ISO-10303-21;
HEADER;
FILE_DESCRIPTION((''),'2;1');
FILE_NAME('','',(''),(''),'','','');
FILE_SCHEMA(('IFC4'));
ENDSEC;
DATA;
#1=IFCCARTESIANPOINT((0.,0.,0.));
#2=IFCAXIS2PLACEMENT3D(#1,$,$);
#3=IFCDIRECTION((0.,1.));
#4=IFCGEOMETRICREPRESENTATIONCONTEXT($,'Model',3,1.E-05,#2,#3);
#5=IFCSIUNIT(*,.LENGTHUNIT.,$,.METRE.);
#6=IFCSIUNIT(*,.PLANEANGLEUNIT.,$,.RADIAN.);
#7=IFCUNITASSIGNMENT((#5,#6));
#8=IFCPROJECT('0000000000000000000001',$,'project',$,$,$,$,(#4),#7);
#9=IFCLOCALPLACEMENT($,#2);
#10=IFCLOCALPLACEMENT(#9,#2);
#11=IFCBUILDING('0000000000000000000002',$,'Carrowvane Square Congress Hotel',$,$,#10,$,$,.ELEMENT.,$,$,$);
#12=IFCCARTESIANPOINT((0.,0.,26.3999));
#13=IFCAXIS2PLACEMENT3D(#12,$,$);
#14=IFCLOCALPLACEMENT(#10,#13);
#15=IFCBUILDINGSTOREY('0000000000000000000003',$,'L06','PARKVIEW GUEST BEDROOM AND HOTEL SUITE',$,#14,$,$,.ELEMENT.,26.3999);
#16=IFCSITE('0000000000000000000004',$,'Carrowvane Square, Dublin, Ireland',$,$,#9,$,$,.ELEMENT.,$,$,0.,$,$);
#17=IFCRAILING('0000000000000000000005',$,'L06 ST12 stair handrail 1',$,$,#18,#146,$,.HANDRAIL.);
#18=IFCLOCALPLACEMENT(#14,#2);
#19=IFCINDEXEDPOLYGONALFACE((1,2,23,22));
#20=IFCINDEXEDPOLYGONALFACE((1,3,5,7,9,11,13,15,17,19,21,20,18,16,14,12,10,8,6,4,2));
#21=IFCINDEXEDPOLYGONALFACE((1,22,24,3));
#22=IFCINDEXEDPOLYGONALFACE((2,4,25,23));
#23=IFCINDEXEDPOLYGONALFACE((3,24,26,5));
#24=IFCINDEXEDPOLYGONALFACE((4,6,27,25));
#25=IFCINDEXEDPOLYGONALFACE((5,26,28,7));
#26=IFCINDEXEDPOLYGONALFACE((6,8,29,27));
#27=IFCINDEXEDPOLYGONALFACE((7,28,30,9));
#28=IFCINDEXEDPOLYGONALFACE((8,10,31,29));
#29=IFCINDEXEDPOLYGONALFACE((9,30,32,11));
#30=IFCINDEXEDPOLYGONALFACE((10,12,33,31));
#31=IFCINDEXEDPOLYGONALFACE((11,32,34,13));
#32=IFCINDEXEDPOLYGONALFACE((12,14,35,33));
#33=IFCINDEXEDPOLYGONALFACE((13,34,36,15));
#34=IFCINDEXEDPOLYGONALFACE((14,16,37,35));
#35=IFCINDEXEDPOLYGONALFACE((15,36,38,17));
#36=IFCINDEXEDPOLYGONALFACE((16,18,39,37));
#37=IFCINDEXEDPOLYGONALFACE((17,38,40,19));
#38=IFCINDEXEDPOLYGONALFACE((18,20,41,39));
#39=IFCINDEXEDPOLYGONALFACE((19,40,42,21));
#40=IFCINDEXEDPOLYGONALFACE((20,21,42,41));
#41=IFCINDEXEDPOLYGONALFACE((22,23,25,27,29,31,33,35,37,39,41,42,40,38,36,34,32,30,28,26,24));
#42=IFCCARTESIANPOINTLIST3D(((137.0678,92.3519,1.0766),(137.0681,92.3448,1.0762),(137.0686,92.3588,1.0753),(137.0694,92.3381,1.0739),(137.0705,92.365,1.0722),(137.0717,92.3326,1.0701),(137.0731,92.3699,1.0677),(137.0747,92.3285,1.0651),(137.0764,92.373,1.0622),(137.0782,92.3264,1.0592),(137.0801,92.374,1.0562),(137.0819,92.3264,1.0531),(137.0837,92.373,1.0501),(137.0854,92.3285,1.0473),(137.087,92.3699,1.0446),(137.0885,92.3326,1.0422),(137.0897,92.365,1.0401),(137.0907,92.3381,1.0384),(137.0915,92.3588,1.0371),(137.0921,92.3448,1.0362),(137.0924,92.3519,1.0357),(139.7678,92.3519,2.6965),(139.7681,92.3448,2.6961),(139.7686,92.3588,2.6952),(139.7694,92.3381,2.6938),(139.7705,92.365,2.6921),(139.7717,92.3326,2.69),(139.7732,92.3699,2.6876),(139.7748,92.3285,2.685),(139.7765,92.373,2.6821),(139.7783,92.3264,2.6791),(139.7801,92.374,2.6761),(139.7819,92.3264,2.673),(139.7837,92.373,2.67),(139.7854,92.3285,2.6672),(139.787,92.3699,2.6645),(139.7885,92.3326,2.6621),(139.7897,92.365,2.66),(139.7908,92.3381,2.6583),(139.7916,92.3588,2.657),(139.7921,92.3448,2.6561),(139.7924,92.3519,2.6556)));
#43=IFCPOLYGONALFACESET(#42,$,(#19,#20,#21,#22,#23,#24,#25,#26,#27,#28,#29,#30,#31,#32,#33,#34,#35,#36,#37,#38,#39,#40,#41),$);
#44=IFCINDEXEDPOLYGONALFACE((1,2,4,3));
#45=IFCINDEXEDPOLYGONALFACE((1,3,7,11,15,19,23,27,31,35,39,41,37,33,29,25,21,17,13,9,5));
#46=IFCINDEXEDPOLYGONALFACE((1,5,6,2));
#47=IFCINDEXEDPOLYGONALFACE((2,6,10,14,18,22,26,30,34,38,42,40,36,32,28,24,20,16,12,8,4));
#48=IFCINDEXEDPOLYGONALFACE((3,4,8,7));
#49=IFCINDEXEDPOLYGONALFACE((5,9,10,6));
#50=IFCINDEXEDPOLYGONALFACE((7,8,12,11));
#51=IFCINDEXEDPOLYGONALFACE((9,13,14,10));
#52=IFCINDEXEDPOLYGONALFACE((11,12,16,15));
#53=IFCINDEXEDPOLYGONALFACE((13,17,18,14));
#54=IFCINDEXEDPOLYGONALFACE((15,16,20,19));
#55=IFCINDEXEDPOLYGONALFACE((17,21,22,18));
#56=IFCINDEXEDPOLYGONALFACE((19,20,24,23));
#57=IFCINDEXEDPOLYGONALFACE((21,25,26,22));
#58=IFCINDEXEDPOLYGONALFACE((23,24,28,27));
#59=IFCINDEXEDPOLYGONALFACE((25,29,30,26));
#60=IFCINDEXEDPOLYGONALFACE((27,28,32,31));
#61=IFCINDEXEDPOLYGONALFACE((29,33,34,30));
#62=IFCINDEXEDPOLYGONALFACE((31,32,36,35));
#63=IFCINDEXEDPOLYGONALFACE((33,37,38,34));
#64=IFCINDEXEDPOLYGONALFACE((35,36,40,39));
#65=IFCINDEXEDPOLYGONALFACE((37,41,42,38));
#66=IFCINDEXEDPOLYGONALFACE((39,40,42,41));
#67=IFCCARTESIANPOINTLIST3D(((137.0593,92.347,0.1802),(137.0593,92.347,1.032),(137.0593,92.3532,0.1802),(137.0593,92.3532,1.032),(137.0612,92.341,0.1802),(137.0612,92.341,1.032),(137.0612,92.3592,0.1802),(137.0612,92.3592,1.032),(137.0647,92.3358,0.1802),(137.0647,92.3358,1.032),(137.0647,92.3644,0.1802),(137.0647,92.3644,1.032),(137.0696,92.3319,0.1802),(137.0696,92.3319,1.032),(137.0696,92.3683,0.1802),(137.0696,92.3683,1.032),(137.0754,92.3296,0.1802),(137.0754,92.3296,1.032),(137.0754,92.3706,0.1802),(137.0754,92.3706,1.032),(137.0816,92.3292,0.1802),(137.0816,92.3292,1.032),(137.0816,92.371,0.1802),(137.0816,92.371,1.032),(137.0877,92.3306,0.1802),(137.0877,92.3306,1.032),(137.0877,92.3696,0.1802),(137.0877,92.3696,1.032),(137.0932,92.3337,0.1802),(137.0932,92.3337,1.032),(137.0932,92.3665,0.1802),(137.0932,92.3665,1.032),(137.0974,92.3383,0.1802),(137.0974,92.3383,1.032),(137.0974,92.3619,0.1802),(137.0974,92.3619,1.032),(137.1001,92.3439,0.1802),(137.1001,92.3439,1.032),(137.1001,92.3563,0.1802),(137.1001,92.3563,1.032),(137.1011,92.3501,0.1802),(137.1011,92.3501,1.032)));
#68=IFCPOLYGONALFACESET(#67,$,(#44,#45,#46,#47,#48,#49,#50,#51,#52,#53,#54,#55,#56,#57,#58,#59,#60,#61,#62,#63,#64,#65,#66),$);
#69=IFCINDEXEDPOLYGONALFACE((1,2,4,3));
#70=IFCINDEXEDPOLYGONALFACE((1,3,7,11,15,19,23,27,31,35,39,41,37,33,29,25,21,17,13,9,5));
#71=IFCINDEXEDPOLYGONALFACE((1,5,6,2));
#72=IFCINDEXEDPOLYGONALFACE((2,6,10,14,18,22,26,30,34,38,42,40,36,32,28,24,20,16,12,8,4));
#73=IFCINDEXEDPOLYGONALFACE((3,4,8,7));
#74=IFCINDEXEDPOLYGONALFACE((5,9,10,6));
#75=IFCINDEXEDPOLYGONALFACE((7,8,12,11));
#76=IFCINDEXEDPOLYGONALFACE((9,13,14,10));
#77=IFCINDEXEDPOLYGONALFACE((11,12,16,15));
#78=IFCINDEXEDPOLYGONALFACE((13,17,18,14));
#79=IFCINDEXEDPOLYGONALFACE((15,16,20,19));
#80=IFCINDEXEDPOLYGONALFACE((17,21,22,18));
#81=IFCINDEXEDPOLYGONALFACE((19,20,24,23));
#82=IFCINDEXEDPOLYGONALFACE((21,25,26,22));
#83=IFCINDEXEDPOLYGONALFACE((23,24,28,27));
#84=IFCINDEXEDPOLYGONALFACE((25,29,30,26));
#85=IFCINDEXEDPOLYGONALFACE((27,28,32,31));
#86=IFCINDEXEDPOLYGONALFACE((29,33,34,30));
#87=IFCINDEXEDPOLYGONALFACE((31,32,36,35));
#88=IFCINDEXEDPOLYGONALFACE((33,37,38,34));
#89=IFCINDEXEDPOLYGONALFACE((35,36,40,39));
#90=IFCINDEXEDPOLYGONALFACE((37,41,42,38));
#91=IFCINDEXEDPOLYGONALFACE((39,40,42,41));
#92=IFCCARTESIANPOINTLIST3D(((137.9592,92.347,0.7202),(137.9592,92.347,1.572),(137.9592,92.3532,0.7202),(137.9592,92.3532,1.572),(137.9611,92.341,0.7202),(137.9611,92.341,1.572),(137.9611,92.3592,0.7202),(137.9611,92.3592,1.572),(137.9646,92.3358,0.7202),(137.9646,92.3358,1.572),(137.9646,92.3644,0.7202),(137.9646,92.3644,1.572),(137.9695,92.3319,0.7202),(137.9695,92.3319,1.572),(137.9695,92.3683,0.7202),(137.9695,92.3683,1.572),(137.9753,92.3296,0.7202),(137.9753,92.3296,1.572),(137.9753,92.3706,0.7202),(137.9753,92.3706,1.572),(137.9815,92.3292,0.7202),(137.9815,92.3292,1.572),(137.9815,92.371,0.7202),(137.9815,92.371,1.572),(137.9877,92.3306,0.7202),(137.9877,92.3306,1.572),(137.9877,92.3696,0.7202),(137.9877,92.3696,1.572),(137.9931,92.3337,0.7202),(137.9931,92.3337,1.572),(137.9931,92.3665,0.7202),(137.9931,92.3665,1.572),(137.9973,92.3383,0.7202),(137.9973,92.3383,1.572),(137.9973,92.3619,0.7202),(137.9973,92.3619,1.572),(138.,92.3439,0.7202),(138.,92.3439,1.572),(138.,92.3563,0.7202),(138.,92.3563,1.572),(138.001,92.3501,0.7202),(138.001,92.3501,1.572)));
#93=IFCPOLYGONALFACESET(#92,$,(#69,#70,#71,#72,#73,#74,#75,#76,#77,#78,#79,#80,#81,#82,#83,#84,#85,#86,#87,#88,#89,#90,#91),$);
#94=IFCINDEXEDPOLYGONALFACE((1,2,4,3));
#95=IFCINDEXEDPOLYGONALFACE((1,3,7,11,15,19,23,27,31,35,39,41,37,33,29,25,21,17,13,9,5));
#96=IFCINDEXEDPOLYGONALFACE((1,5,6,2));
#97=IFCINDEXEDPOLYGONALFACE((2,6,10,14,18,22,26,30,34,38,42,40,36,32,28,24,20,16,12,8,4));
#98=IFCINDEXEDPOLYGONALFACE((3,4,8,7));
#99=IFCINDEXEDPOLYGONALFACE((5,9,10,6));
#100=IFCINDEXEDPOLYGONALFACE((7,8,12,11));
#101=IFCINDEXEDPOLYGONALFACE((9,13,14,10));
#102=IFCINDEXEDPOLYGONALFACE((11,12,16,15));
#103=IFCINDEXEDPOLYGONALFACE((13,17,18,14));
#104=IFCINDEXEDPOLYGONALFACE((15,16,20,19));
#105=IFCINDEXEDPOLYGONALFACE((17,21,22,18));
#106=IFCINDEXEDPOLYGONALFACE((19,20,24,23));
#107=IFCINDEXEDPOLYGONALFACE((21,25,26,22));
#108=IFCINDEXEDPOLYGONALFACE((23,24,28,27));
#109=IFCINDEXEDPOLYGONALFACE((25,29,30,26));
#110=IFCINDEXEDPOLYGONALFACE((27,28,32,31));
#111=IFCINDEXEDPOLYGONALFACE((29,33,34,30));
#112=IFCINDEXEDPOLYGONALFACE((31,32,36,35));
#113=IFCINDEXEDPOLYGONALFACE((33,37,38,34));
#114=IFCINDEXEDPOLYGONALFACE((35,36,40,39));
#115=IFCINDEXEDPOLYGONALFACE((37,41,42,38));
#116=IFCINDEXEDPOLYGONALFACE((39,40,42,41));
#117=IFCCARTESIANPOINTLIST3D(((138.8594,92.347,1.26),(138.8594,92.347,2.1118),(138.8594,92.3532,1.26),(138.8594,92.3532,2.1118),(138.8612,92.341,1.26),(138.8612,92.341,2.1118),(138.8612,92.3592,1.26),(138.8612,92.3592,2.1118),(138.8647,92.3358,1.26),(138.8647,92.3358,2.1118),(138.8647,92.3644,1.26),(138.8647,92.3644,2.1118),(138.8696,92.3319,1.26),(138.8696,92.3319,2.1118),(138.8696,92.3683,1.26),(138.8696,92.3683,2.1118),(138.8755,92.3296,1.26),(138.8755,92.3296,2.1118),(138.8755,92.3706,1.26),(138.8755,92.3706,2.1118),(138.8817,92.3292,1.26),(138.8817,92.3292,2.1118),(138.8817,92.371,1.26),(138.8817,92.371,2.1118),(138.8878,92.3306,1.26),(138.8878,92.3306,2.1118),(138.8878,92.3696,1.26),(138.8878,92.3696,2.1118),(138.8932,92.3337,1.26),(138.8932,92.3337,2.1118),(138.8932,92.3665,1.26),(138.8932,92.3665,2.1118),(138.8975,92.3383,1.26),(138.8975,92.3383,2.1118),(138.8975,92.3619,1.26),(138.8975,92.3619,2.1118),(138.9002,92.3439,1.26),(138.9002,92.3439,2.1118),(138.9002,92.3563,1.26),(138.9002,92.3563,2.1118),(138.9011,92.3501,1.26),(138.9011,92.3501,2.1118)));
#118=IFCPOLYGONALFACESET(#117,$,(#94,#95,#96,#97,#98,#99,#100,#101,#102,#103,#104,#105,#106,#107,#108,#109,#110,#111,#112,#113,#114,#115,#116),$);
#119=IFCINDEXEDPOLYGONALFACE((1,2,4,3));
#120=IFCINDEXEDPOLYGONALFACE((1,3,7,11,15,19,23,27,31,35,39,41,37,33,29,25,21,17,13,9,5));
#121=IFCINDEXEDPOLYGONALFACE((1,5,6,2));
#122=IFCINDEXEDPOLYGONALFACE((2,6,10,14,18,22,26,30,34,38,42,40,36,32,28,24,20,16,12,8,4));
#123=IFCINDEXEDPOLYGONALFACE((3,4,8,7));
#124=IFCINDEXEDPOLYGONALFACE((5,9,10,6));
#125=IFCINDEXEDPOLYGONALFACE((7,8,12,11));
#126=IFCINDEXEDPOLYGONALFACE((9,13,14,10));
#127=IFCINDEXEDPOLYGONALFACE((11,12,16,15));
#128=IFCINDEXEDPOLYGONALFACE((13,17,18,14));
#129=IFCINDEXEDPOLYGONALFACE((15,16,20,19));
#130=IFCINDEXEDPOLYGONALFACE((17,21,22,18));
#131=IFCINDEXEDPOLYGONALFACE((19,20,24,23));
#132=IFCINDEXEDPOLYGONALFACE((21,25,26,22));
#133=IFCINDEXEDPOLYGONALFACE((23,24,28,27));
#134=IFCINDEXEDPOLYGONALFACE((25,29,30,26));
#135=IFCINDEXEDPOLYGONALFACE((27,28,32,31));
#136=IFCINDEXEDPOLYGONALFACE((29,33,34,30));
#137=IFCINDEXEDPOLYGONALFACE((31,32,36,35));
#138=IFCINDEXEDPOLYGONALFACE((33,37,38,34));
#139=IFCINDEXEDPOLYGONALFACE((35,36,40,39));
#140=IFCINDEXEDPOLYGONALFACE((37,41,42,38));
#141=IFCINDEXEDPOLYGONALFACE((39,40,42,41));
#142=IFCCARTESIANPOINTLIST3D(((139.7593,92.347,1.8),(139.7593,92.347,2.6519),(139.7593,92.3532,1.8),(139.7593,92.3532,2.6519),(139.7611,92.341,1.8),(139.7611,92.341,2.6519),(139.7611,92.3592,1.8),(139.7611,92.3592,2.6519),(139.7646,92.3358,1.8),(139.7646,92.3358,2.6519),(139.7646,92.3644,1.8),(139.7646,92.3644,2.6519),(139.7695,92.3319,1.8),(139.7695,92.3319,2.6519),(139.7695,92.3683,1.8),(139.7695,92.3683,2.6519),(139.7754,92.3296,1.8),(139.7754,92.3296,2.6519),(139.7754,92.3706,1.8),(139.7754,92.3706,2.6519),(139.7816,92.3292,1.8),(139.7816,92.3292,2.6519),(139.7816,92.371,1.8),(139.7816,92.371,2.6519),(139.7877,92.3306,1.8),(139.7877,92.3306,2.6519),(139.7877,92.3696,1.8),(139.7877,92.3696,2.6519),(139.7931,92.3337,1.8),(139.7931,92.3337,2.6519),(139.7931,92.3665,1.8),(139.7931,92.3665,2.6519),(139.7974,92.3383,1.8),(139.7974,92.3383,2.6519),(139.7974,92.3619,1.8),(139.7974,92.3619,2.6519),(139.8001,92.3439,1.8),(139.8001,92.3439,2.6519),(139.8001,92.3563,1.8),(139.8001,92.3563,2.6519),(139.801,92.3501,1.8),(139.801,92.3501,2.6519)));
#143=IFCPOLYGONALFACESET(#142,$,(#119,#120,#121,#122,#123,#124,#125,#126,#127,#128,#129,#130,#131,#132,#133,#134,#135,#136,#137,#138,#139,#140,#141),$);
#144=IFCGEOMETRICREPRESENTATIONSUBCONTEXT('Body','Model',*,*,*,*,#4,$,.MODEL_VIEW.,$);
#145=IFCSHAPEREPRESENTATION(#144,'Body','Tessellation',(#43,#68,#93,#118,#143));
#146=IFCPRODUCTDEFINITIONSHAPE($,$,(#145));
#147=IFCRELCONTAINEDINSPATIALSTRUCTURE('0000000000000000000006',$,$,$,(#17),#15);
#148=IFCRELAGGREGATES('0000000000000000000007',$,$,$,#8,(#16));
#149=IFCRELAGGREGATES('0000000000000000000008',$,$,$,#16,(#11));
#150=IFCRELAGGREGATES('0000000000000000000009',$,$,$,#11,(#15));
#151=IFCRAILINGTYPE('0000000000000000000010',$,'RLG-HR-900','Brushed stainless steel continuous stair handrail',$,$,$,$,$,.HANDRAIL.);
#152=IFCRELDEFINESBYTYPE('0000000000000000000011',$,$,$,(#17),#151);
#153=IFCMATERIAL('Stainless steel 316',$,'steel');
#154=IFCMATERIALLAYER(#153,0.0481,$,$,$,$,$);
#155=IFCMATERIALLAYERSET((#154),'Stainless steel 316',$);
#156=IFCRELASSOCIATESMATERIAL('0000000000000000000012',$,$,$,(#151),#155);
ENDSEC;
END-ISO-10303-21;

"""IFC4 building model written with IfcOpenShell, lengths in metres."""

from ifc_helpers import new_model, si_unit, direction, frame, origin, origin_2d, place, context, subcontext, project, spatial, circle, extrude, material, layer, layer_set, type_object, element, save


model = new_model("IFC4")

# Units and contexts
model_context = context("Model", 3, precision=1e-05, world=origin(), true_north=direction((0.0, 1.0)))
body_context = subcontext(model_context, "Body", "Model", "MODEL_VIEW")
ifc_project = project(units=[si_unit("LENGTHUNIT", "METRE"), si_unit("PLANEANGLEUNIT", "RADIAN")], contexts=[model_context])

# Site, building, storey
site_placement = place(None, origin())
site = spatial("IfcSite", under=ifc_project, at=site_placement, Name="Carrowvane Square, Dublin, Ireland", CompositionType="ELEMENT", RefElevation=0.0)
building_placement = place(site_placement, origin())
building = spatial("IfcBuilding", under=site, at=building_placement, Name="Carrowvane Square Congress Hotel", CompositionType="ELEMENT")
storey_placement = place(building_placement, frame((0.0, 0.0, 26.3999)))
storey = spatial("IfcBuildingStorey", under=building, at=storey_placement, Name="L06", Description="PARKVIEW GUEST BEDROOM AND HOTEL SUITE", CompositionType="ELEMENT", Elevation=26.3999)

# Railing
ifc_material_1 = material(Name="Stainless steel 316", Category="steel")
ifc_layer_1 = layer(ifc_material_1, 0.0481)
ifc_layer_set_1 = layer_set([ifc_layer_1], Name="Stainless steel 316")
railing_type_1 = type_object("IfcRailingType", Name="RLG-HR-900", Description="Brushed stainless steel continuous stair handrail", PredefinedType="HANDRAIL", material=ifc_layer_set_1)
railing_1_placement = place(storey_placement, frame((137.0801, 92.3501, 0.1802)))
element("IfcRailing", 1, at=railing_1_placement, inside=storey, type_object=railing_type_1, Name="L06 ST12 stair handrail 1", PredefinedType="HANDRAIL", context=body_context, shape_type="SweptSolid", body=[
    extrude(circle(Radius=0.0239, at=origin_2d()), frame((0.0, 0.0, 0.876), z_axis=(0.857507, 0.0, 0.514473), x_axis=(0.0, 1.0, 0.0)), (0.0, 0.0, 1.0), 3.1487),
    extrude(circle(Radius=0.021, at=origin_2d()), origin(), (0.0, 0.0, 1.0), 0.8518),
    extrude(circle(Radius=0.021, at=origin_2d()), frame((0.8999, 0.0, 0.54)), (0.0, 0.0, 1.0), 0.8518),
    extrude(circle(Radius=0.021, at=origin_2d()), frame((1.8, 0.0, 1.0798)), (0.0, 0.0, 1.0), 0.8518),
    extrude(circle(Radius=0.021, at=origin_2d()), frame((2.7, 0.0, 1.6199)), (0.0, 0.0, 1.0), 0.8518),
])

save(model, "model.ifc")
